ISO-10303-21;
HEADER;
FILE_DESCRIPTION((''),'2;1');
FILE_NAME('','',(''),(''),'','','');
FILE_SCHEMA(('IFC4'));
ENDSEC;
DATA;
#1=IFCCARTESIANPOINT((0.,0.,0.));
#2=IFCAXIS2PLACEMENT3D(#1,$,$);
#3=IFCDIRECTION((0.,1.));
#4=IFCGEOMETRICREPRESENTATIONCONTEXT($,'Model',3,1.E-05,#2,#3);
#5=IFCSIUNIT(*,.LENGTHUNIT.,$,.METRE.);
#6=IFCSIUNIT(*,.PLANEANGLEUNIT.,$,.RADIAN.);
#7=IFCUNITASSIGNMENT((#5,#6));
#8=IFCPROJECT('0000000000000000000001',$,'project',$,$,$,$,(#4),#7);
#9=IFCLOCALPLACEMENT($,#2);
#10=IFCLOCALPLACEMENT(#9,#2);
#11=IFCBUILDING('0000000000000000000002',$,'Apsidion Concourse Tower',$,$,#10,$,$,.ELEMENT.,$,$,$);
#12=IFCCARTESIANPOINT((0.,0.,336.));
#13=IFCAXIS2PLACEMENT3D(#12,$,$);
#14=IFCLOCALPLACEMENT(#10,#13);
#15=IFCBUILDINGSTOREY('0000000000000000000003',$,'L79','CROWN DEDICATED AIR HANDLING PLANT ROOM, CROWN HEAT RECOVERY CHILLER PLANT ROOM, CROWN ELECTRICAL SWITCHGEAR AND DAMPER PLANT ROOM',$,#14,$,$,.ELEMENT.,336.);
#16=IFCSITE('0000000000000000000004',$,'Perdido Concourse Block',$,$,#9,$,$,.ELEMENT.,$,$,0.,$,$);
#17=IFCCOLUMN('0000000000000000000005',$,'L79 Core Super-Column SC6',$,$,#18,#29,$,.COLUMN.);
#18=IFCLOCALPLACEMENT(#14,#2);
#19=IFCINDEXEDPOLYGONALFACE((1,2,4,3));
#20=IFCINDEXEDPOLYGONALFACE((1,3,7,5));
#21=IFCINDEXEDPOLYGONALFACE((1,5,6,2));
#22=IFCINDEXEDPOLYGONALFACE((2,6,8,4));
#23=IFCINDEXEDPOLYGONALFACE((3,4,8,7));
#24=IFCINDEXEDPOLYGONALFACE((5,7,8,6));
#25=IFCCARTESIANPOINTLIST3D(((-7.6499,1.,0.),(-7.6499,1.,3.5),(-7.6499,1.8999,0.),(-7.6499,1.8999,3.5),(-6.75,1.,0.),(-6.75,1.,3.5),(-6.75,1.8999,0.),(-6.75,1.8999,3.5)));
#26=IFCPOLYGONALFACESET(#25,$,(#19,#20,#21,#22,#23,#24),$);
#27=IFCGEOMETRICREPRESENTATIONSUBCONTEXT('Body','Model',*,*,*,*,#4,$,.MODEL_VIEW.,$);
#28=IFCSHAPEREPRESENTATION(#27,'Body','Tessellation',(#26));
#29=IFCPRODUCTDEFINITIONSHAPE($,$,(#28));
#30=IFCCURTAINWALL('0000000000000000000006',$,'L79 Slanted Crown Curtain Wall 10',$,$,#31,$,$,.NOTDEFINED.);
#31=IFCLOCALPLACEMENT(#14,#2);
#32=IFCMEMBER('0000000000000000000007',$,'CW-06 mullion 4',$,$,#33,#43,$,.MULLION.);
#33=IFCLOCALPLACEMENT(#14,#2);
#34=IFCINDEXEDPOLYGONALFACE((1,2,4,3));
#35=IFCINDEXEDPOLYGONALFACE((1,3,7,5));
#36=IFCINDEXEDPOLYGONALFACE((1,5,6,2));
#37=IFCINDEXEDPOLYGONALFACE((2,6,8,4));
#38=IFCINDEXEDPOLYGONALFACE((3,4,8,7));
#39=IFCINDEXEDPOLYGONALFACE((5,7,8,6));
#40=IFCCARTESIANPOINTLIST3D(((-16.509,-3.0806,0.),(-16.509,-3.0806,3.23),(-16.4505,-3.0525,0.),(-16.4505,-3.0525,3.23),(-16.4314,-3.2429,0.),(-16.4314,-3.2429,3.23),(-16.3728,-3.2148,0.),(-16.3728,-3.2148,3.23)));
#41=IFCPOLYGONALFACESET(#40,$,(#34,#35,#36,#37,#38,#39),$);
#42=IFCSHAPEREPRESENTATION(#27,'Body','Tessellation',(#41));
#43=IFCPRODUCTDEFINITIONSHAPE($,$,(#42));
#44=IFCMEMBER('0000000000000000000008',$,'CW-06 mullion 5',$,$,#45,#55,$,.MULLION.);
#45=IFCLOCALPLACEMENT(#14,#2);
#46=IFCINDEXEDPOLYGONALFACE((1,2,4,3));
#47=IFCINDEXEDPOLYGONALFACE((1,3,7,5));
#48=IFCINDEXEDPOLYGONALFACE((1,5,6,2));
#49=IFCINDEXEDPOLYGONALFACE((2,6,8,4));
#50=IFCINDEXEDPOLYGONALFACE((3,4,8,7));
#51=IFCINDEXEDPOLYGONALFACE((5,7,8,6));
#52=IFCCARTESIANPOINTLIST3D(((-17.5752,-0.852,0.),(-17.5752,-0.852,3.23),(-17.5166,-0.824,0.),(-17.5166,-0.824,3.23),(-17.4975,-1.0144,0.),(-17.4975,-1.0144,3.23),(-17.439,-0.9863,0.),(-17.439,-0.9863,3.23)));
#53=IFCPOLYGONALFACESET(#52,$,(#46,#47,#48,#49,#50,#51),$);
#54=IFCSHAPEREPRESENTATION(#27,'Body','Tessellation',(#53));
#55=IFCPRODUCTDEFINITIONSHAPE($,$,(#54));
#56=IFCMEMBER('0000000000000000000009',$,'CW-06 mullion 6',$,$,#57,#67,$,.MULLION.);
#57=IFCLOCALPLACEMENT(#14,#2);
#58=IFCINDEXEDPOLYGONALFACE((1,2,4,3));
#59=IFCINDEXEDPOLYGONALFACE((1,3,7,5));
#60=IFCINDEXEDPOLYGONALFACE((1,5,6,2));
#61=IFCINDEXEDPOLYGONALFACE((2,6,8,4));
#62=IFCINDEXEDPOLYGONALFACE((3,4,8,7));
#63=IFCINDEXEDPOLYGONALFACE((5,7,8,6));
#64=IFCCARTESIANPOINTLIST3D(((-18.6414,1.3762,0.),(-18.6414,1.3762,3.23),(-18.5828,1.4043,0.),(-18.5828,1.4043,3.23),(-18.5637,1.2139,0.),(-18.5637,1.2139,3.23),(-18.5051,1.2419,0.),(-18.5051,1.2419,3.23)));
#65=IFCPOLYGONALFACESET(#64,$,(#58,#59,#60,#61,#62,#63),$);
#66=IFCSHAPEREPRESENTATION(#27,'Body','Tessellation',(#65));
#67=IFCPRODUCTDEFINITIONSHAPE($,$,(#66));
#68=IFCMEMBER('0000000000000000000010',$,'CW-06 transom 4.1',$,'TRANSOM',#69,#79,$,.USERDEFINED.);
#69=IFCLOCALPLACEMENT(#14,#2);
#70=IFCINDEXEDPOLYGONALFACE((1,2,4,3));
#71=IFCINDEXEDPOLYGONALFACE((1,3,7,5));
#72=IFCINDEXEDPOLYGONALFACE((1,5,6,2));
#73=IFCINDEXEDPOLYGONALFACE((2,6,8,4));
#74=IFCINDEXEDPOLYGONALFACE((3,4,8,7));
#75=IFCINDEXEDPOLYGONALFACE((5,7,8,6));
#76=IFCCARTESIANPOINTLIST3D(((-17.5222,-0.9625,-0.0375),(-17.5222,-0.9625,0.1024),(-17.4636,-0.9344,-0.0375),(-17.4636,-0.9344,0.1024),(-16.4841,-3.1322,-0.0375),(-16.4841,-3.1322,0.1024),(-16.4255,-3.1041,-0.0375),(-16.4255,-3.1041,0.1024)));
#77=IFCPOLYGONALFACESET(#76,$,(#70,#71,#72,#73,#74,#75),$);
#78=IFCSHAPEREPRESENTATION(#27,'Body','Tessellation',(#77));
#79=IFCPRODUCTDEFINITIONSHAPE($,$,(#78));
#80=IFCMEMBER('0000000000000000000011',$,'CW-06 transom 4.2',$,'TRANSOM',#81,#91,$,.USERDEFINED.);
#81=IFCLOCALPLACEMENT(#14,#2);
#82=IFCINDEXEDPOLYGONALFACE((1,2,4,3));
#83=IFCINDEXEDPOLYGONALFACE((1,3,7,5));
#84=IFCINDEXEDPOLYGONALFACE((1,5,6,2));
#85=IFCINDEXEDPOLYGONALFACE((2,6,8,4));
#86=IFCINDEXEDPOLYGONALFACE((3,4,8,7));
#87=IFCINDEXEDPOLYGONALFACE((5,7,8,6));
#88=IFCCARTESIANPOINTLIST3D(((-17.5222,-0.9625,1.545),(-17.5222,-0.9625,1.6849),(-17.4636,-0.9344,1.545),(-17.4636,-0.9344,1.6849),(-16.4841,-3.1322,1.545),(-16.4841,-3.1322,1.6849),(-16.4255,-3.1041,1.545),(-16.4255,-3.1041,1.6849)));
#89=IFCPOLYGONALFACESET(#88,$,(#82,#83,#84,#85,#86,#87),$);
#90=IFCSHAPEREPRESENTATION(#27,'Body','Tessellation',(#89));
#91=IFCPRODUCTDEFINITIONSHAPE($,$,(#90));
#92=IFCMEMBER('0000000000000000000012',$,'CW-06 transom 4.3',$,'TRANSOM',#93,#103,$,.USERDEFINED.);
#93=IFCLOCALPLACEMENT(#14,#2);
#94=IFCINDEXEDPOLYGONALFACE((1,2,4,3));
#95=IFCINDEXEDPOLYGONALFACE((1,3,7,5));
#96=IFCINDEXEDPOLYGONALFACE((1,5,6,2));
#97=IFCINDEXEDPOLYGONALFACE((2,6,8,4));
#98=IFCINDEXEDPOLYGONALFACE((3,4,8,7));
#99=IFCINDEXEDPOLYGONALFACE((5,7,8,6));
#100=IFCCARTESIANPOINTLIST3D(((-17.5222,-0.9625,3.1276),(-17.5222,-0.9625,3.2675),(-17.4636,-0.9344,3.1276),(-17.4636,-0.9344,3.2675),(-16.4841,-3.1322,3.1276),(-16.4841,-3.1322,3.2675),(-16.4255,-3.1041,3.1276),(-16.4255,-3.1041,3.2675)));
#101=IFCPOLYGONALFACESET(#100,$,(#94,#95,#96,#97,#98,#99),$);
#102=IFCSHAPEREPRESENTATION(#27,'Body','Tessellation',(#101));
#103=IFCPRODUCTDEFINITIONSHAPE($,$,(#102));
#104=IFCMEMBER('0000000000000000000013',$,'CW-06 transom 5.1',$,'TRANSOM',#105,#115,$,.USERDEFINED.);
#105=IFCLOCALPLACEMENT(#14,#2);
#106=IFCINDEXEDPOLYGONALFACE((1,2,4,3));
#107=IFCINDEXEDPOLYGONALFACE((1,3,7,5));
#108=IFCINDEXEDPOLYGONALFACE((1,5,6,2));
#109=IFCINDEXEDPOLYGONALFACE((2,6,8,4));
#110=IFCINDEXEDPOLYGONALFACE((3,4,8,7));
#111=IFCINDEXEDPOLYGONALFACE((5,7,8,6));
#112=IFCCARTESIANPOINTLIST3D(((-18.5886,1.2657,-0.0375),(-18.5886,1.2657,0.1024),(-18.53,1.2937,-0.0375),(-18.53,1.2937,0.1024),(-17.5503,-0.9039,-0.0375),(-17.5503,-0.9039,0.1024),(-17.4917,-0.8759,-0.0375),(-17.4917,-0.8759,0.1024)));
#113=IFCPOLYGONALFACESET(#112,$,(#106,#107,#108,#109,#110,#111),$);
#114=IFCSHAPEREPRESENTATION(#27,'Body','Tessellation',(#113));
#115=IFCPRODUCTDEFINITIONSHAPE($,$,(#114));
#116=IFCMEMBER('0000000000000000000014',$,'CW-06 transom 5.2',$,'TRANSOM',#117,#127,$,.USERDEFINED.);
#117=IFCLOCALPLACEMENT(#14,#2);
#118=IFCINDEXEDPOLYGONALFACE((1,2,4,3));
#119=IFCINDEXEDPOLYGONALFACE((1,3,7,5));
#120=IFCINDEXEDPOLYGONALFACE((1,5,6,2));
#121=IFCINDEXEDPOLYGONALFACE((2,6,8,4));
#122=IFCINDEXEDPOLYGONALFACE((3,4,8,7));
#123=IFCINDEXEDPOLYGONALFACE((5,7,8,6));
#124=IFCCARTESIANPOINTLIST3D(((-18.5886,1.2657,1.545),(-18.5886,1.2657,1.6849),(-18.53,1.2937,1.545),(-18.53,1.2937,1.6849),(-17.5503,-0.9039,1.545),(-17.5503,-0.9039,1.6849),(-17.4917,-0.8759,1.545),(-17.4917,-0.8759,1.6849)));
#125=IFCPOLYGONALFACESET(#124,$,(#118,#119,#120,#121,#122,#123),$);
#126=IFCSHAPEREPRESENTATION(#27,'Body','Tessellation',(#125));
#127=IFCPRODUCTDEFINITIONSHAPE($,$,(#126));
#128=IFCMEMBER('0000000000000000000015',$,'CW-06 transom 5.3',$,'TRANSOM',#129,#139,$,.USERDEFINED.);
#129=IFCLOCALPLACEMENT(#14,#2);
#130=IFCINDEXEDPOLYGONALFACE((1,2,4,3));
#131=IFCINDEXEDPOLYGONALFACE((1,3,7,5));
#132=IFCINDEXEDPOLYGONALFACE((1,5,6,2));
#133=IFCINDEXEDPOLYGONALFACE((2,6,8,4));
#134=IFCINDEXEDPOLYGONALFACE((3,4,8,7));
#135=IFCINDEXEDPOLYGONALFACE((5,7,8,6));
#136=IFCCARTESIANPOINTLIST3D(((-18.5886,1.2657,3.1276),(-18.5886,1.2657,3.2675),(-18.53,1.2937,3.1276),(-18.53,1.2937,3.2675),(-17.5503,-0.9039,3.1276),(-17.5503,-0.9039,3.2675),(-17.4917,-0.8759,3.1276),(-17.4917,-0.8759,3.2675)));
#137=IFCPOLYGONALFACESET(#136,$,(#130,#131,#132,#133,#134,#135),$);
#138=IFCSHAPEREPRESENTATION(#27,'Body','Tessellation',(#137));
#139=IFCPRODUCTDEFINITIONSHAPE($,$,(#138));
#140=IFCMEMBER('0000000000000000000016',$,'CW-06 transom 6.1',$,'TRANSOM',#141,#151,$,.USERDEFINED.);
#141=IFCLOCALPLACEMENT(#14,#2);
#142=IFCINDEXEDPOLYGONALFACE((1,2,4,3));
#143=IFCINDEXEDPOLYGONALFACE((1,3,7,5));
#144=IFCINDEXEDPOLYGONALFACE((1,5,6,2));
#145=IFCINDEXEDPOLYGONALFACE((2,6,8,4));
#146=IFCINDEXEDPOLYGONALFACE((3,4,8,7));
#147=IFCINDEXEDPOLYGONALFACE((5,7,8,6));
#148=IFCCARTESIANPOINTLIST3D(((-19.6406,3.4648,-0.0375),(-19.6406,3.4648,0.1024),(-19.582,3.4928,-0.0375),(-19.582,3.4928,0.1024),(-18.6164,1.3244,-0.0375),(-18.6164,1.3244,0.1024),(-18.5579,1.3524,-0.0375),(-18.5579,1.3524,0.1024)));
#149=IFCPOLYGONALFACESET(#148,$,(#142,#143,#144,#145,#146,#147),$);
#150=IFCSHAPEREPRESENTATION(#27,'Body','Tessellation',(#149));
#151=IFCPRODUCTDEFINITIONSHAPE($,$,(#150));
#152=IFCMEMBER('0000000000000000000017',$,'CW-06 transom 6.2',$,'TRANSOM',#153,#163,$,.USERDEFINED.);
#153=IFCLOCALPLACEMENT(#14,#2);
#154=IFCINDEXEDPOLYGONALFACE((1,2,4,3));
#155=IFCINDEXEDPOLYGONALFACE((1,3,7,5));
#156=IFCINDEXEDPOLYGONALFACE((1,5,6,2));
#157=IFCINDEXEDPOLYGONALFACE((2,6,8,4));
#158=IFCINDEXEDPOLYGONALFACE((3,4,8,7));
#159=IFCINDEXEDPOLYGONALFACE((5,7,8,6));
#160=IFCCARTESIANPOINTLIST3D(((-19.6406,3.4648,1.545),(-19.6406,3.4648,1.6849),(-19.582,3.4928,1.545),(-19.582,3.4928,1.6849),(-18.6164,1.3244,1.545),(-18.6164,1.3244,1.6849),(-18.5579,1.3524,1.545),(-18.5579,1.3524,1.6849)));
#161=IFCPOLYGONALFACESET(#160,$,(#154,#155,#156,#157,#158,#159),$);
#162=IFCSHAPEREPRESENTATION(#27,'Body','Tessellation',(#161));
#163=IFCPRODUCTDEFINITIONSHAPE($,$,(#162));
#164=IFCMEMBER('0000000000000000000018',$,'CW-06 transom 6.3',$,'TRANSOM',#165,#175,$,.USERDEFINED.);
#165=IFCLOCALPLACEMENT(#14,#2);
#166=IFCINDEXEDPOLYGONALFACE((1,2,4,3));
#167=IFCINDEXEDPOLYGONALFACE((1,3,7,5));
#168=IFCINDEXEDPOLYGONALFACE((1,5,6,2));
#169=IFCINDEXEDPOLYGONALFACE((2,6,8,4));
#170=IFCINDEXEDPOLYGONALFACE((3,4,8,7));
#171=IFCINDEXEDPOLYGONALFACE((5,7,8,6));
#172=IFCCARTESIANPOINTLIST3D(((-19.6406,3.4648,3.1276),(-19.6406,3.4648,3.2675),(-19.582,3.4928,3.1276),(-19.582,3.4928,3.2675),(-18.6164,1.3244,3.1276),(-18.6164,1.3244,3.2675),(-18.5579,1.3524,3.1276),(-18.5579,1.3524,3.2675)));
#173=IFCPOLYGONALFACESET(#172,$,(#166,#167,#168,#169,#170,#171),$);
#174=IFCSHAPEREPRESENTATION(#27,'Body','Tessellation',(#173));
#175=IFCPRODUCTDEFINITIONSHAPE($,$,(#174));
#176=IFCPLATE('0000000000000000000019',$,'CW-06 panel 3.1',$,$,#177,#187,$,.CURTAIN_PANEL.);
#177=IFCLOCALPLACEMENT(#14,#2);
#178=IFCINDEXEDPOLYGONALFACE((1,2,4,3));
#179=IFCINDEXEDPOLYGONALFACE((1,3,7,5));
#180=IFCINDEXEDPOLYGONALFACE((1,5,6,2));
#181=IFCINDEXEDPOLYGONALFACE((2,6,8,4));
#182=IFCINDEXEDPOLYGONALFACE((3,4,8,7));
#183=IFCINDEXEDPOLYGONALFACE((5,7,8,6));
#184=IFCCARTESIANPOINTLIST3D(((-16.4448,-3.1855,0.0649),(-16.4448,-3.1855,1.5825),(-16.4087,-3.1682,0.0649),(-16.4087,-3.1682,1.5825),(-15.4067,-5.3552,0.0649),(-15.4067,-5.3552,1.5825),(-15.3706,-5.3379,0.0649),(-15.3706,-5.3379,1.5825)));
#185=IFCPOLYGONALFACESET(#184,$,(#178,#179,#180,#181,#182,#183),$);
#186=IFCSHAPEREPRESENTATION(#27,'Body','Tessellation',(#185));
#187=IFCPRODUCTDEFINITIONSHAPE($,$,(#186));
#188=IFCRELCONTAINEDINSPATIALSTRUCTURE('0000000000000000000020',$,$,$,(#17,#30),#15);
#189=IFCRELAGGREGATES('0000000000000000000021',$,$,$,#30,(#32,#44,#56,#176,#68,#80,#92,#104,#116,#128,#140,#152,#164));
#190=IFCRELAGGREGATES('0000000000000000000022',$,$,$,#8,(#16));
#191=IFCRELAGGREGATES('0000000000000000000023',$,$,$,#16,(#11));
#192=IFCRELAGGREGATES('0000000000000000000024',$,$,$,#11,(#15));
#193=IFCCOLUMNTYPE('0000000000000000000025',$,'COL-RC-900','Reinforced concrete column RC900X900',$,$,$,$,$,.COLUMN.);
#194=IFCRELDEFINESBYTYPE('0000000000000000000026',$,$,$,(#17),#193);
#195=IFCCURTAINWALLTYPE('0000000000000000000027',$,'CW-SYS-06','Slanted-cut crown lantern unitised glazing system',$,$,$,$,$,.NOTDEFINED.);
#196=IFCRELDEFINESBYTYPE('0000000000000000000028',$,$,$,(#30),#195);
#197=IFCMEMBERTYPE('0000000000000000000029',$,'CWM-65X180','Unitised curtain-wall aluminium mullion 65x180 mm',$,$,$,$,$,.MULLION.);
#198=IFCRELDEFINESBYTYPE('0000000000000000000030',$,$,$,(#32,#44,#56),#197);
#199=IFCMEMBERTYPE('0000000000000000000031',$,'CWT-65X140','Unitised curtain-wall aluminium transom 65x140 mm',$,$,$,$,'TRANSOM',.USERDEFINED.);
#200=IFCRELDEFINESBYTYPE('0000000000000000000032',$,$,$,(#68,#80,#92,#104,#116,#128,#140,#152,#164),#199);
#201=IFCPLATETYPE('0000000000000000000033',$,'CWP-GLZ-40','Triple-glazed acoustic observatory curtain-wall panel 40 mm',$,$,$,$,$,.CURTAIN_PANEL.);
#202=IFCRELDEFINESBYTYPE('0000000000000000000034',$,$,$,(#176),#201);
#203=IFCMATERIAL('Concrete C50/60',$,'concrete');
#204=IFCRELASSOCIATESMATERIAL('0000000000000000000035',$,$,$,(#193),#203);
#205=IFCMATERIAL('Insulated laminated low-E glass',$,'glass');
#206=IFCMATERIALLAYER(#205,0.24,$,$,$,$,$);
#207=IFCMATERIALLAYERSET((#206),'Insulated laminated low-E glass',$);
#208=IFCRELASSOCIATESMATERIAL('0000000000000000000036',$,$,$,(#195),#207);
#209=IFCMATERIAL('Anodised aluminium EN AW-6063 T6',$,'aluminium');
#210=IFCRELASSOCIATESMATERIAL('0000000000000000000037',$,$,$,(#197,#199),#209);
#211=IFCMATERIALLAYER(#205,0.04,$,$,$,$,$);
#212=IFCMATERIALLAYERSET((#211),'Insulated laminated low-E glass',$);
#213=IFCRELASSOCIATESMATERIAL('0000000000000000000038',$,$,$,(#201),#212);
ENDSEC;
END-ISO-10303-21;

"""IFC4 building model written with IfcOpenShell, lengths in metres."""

from ifc_helpers import new_model, si_unit, direction, frame, origin, origin_2d, place, context, subcontext, project, spatial, rectangle, extrude, material, layer, layer_set, material_profile, profile_set, type_object, element, aggregate, save


model = new_model("IFC4")

# Units and contexts
model_context = context("Model", 3, precision=1e-05, world=origin(), true_north=direction((0.0, 1.0)))
body_context = subcontext(model_context, "Body", "Model", "MODEL_VIEW")
ifc_project = project(units=[si_unit("LENGTHUNIT", "METRE"), si_unit("PLANEANGLEUNIT", "RADIAN")], contexts=[model_context])

# Site, building, storey
site_placement = place(None, origin())
site = spatial("IfcSite", under=ifc_project, at=site_placement, Name="Perdido Concourse Block", CompositionType="ELEMENT", RefElevation=0.0)
building_placement = place(site_placement, origin())
building = spatial("IfcBuilding", under=site, at=building_placement, Name="Apsidion Concourse Tower", CompositionType="ELEMENT")
storey_placement = place(building_placement, frame((0.0, 0.0, 336.0)))
storey = spatial("IfcBuildingStorey", under=building, at=storey_placement, Name="L79", Description="CROWN DEDICATED AIR HANDLING PLANT ROOM, CROWN HEAT RECOVERY CHILLER PLANT ROOM, CROWN ELECTRICAL SWITCHGEAR AND DAMPER PLANT ROOM", CompositionType="ELEMENT", Elevation=336.0)

# Column
ifc_material_1 = material(Name="Concrete C50/60", Category="concrete")
ifc_material_profile_1 = material_profile(ifc_material_1, rectangle(XDim=0.8999, YDim=0.8999, at=origin_2d()), Name="RC 900x900")
ifc_profile_set_1 = profile_set([ifc_material_profile_1], Name="Concrete C50/60")
column_type = type_object("IfcColumnType", Name="COL-RC-900", Description="Reinforced concrete column RC900X900", PredefinedType="COLUMN", material=ifc_profile_set_1)
column_placement = place(storey_placement, frame((-7.2, 1.45, 0.0), z_axis=(0.0, 0.0, 1.0), x_axis=(1.0, 0.0, 0.0)))
element("IfcColumn", 1, at=column_placement, inside=storey, type_object=column_type, Name="L79 Core Super-Column SC6", PredefinedType="COLUMN", context=body_context, shape_type="SweptSolid", body=[
    extrude(rectangle(XDim=0.8999, YDim=0.8999, at=origin_2d()), origin(), (0.0, 0.0, 1.0), 3.5),
])

# Curtain wall, members, plate
ifc_material_2 = material(Name="Insulated laminated low-E glass", Category="glass")
ifc_layer_1 = layer(ifc_material_2, 0.24)
ifc_layer_set_1 = layer_set([ifc_layer_1], Name="Insulated laminated low-E glass")
curtain_wall_type = type_object("IfcCurtainWallType", Name="CW-SYS-06", Description="Slanted-cut crown lantern unitised glazing system", PredefinedType="NOTDEFINED", material=ifc_layer_set_1)
curtain_wall_placement = place(storey_placement, origin())
curtain_wall = element("IfcCurtainWall", 2, at=curtain_wall_placement, inside=storey, type_object=curtain_wall_type, Name="L79 Slanted Crown Curtain Wall 10", PredefinedType="NOTDEFINED")
ifc_material_3 = material(Name="Anodised aluminium EN AW-6063 T6", Category="aluminium")
ifc_material_profile_2 = material_profile(ifc_material_3, rectangle(XDim=0.0649, YDim=0.1799, at=origin_2d()), Name="ALU MULLION 65x180")
ifc_profile_set_2 = profile_set([ifc_material_profile_2], Name="Anodised aluminium EN AW-6063 T6")
member_type_1 = type_object("IfcMemberType", Name="CWM-65X180", Description="Unitised curtain-wall aluminium mullion 65x180 mm", PredefinedType="MULLION", material=ifc_profile_set_2)
member_1_placement = place(storey_placement, frame((-16.4409, -3.1477, 0.0), z_axis=(0.0, 0.0, 1.0), x_axis=(-0.902067, -0.431596, 0.0)))
member_1 = element("IfcMember", 3, at=member_1_placement, type_object=member_type_1, Name="CW-06 mullion 4", PredefinedType="MULLION", context=body_context, shape_type="SweptSolid", body=[
    extrude(rectangle(XDim=0.0649, YDim=0.1799, at=origin_2d()), origin(), (0.0, 0.0, 1.0), 3.23),
])
member_2_placement = place(storey_placement, frame((-17.5071, -0.9192, 0.0), z_axis=(0.0, 0.0, 1.0), x_axis=(-0.902067, -0.431596, 0.0)))
member_2 = element("IfcMember", 4, at=member_2_placement, type_object=member_type_1, Name="CW-06 mullion 5", PredefinedType="MULLION", context=body_context, shape_type="SweptSolid", body=[
    extrude(rectangle(XDim=0.0649, YDim=0.1799, at=origin_2d()), origin(), (0.0, 0.0, 1.0), 3.23),
])
member_3_placement = place(storey_placement, frame((-18.5732, 1.3091, 0.0), z_axis=(0.0, 0.0, 1.0), x_axis=(-0.902067, -0.431596, 0.0)))
member_3 = element("IfcMember", 5, at=member_3_placement, type_object=member_type_1, Name="CW-06 mullion 6", PredefinedType="MULLION", context=body_context, shape_type="SweptSolid", body=[
    extrude(rectangle(XDim=0.0649, YDim=0.1799, at=origin_2d()), origin(), (0.0, 0.0, 1.0), 3.23),
])
ifc_material_profile_3 = material_profile(ifc_material_3, rectangle(XDim=0.0649, YDim=0.1399, at=origin_2d()), Name="ALU TRANSOM 65x140")
ifc_profile_set_3 = profile_set([ifc_material_profile_3], Name="Anodised aluminium EN AW-6063 T6")
member_type_2 = type_object("IfcMemberType", Name="CWT-65X140", Description="Unitised curtain-wall aluminium transom 65x140 mm", ElementType="TRANSOM", PredefinedType="USERDEFINED", material=ifc_profile_set_3)
member_4_placement = place(storey_placement, frame((-16.4548, -3.1182, 0.0325), z_axis=(-0.431596, 0.902067, 0.0), x_axis=(-0.902067, -0.431596, 0.0)))
member_4 = element("IfcMember", 6, at=member_4_placement, type_object=member_type_2, Name="CW-06 transom 4.1", ObjectType="TRANSOM", PredefinedType="USERDEFINED", context=body_context, shape_type="SweptSolid", body=[
    extrude(rectangle(XDim=0.0649, YDim=0.1399, at=origin_2d()), origin(), (0.0, 0.0, 1.0), 2.4053),
])
member_5_placement = place(storey_placement, frame((-16.4548, -3.1182, 1.615), z_axis=(-0.431596, 0.902067, 0.0), x_axis=(-0.902067, -0.431596, 0.0)))
member_5 = element("IfcMember", 7, at=member_5_placement, type_object=member_type_2, Name="CW-06 transom 4.2", ObjectType="TRANSOM", PredefinedType="USERDEFINED", context=body_context, shape_type="SweptSolid", body=[
    extrude(rectangle(XDim=0.0649, YDim=0.1399, at=origin_2d()), origin(), (0.0, 0.0, 1.0), 2.4053),
])
member_6_placement = place(storey_placement, frame((-16.4548, -3.1182, 3.1975), z_axis=(-0.431596, 0.902067, 0.0), x_axis=(-0.902067, -0.431596, 0.0)))
member_6 = element("IfcMember", 8, at=member_6_placement, type_object=member_type_2, Name="CW-06 transom 4.3", ObjectType="TRANSOM", PredefinedType="USERDEFINED", context=body_context, shape_type="SweptSolid", body=[
    extrude(rectangle(XDim=0.0649, YDim=0.1399, at=origin_2d()), origin(), (0.0, 0.0, 1.0), 2.4053),
])
member_7_placement = place(storey_placement, frame((-17.521, -0.8899, 0.0325), z_axis=(-0.431678, 0.902028, 0.0), x_axis=(-0.902028, -0.431678, 0.0)))
member_7 = element("IfcMember", 9, at=member_7_placement, type_object=member_type_2, Name="CW-06 transom 5.1", ObjectType="TRANSOM", PredefinedType="USERDEFINED", context=body_context, shape_type="SweptSolid", body=[
    extrude(rectangle(XDim=0.0649, YDim=0.1399, at=origin_2d()), origin(), (0.0, 0.0, 1.0), 2.4053),
])
member_8_placement = place(storey_placement, frame((-17.521, -0.8899, 1.615), z_axis=(-0.431678, 0.902028, 0.0), x_axis=(-0.902028, -0.431678, 0.0)))
member_8 = element("IfcMember", 10, at=member_8_placement, type_object=member_type_2, Name="CW-06 transom 5.2", ObjectType="TRANSOM", PredefinedType="USERDEFINED", context=body_context, shape_type="SweptSolid", body=[
    extrude(rectangle(XDim=0.0649, YDim=0.1399, at=origin_2d()), origin(), (0.0, 0.0, 1.0), 2.4053),
])
member_9_placement = place(storey_placement, frame((-17.521, -0.8899, 3.1975), z_axis=(-0.431678, 0.902028, 0.0), x_axis=(-0.902028, -0.431678, 0.0)))
member_9 = element("IfcMember", 11, at=member_9_placement, type_object=member_type_2, Name="CW-06 transom 5.3", ObjectType="TRANSOM", PredefinedType="USERDEFINED", context=body_context, shape_type="SweptSolid", body=[
    extrude(rectangle(XDim=0.0649, YDim=0.1399, at=origin_2d()), origin(), (0.0, 0.0, 1.0), 2.4053),
])
member_10_placement = place(storey_placement, frame((-18.5872, 1.3384, 0.0325), z_axis=(-0.43163, 0.902051, 0.0), x_axis=(-0.902051, -0.43163, 0.0)))
member_10 = element("IfcMember", 12, at=member_10_placement, type_object=member_type_2, Name="CW-06 transom 6.1", ObjectType="TRANSOM", PredefinedType="USERDEFINED", context=body_context, shape_type="SweptSolid", body=[
    extrude(rectangle(XDim=0.0649, YDim=0.1399, at=origin_2d()), origin(), (0.0, 0.0, 1.0), 2.3728),
])
member_11_placement = place(storey_placement, frame((-18.5872, 1.3384, 1.615), z_axis=(-0.43163, 0.902051, 0.0), x_axis=(-0.902051, -0.43163, 0.0)))
member_11 = element("IfcMember", 13, at=member_11_placement, type_object=member_type_2, Name="CW-06 transom 6.2", ObjectType="TRANSOM", PredefinedType="USERDEFINED", context=body_context, shape_type="SweptSolid", body=[
    extrude(rectangle(XDim=0.0649, YDim=0.1399, at=origin_2d()), origin(), (0.0, 0.0, 1.0), 2.3728),
])
member_12_placement = place(storey_placement, frame((-18.5872, 1.3384, 3.1975), z_axis=(-0.43163, 0.902051, 0.0), x_axis=(-0.902051, -0.43163, 0.0)))
member_12 = element("IfcMember", 14, at=member_12_placement, type_object=member_type_2, Name="CW-06 transom 6.3", ObjectType="TRANSOM", PredefinedType="USERDEFINED", context=body_context, shape_type="SweptSolid", body=[
    extrude(rectangle(XDim=0.0649, YDim=0.1399, at=origin_2d()), origin(), (0.0, 0.0, 1.0), 2.3728),
])
ifc_layer_2 = layer(ifc_material_2, 0.04)
ifc_layer_set_2 = layer_set([ifc_layer_2], Name="Insulated laminated low-E glass")
plate_type = type_object("IfcPlateType", Name="CWP-GLZ-40", Description="Triple-glazed acoustic observatory curtain-wall panel 40 mm", PredefinedType="CURTAIN_PANEL", material=ifc_layer_set_2)
plate_1_placement = place(storey_placement, frame((-15.9077, -4.2617, 0.0649), z_axis=(0.0, 0.0, 1.0), x_axis=(-0.431596, 0.902067, 0.0)))
plate_1 = element("IfcPlate", 15, at=plate_1_placement, type_object=plate_type, Name="CW-06 panel 3.1", PredefinedType="CURTAIN_PANEL", context=body_context, shape_type="SweptSolid", body=[
    extrude(rectangle(XDim=2.4053, YDim=0.04, at=origin_2d()), origin(), (0.0, 0.0, 1.0), 1.5176),
])
aggregate(curtain_wall, [member_1, member_2, member_3, plate_1, member_4, member_5, member_6, member_7, member_8, member_9, member_10, member_11, member_12])

save(model, "model.ifc")
